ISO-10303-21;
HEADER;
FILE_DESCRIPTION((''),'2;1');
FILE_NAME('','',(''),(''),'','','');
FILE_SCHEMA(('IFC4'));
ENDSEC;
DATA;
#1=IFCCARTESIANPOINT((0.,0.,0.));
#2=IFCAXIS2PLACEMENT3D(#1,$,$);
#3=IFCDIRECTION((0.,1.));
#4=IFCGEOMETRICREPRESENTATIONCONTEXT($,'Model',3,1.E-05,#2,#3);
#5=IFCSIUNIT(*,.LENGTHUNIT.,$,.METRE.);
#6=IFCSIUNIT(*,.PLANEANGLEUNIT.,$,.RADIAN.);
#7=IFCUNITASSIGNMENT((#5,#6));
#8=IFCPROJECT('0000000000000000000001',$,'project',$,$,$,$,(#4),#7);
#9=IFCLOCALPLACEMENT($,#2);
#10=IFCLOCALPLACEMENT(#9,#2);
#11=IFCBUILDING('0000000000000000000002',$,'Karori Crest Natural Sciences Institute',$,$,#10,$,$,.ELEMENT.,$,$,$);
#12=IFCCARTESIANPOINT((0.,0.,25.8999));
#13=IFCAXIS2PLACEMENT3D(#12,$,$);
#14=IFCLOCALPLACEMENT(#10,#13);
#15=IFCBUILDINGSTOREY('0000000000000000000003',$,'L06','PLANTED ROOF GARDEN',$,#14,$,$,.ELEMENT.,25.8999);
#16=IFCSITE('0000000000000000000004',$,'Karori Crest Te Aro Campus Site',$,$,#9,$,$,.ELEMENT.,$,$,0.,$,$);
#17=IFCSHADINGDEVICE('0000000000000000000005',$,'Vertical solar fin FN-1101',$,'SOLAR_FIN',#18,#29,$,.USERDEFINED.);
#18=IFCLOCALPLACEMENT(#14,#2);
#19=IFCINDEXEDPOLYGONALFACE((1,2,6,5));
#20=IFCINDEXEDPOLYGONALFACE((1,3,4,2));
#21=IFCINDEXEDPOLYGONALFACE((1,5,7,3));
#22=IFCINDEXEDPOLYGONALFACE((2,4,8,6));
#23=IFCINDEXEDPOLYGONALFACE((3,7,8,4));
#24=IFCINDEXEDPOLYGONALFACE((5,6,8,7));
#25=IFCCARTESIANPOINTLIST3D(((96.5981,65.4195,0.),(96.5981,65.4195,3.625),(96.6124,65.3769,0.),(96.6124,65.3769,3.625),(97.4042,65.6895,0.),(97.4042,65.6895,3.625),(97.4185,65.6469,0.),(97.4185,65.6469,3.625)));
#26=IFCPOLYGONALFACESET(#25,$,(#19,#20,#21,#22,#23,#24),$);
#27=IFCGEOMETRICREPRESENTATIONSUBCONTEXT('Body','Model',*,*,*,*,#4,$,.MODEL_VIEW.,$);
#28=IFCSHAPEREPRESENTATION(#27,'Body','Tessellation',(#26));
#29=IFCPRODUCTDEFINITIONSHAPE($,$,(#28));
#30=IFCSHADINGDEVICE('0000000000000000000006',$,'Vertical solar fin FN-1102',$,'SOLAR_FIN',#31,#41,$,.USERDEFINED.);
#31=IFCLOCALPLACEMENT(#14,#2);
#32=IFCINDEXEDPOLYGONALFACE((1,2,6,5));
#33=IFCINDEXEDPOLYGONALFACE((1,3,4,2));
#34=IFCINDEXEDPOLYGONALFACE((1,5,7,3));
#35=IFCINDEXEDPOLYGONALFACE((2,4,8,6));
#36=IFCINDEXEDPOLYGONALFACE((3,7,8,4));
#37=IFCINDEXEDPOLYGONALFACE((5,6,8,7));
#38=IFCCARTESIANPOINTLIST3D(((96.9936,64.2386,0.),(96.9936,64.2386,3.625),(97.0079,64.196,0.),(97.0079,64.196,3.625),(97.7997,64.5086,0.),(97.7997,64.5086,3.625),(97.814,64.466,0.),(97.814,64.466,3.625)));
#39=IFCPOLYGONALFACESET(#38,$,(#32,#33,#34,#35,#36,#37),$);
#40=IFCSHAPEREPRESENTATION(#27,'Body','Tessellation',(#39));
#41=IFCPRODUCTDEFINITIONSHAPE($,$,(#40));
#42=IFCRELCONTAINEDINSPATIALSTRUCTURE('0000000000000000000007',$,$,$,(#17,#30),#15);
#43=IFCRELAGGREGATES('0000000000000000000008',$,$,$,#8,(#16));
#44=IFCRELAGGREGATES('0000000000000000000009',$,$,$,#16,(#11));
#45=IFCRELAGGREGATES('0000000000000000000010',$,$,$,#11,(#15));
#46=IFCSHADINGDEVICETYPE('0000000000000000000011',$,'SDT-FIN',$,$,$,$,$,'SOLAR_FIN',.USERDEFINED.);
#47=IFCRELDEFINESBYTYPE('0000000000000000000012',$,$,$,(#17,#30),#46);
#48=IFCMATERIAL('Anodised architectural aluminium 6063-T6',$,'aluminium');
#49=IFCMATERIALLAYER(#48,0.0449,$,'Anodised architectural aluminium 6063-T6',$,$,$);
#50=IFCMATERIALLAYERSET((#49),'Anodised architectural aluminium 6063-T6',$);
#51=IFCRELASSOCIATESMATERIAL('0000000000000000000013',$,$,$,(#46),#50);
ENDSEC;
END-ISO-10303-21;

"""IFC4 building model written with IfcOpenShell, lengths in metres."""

from ifc_helpers import new_model, si_unit, direction, frame, origin, origin_2d, place, context, subcontext, project, spatial, rectangle, extrude, material, layer, layer_set, type_object, element, save


model = new_model("IFC4")

# Units and contexts
model_context = context("Model", 3, precision=1e-05, world=origin(), true_north=direction((0.0, 1.0)))
body_context = subcontext(model_context, "Body", "Model", "MODEL_VIEW")
ifc_project = project(units=[si_unit("LENGTHUNIT", "METRE"), si_unit("PLANEANGLEUNIT", "RADIAN")], contexts=[model_context])

# Site, building, storey
site_placement = place(None, origin())
site = spatial("IfcSite", under=ifc_project, at=site_placement, Name="Karori Crest Te Aro Campus Site", CompositionType="ELEMENT", RefElevation=0.0)
building_placement = place(site_placement, origin())
building = spatial("IfcBuilding", under=site, at=building_placement, Name="Karori Crest Natural Sciences Institute", CompositionType="ELEMENT")
storey_placement = place(building_placement, frame((0.0, 0.0, 25.8999)))
storey = spatial("IfcBuildingStorey", under=building, at=storey_placement, Name="L06", Description="PLANTED ROOF GARDEN", CompositionType="ELEMENT", Elevation=25.8999)

# Shared definitions
ifc_material_1 = material(Name="Anodised architectural aluminium 6063-T6", Category="aluminium")

# Shading devices
ifc_layer_1 = layer(ifc_material_1, 0.0449, Name="Anodised architectural aluminium 6063-T6")
ifc_layer_set_1 = layer_set([ifc_layer_1], Name="Anodised architectural aluminium 6063-T6")
shading_device_type = type_object("IfcShadingDeviceType", Name="SDT-FIN", ElementType="SOLAR_FIN", PredefinedType="USERDEFINED", material=ifc_layer_set_1)
for number, where, z_axis, x_axis, name in (
    (1, (97.0083, 65.5332, 0.0), (0.0, 0.0, 1.0), (0.948198, 0.31768, 0.0), "Vertical solar fin FN-1101"),
    (2, (97.4038, 64.3523, 0.0), (0.0, 0.0, 1.0), (0.948198, 0.31768, 0.0), "Vertical solar fin FN-1102"),
):
    element("IfcShadingDevice", number, at=place(storey_placement, frame(where, z_axis=z_axis, x_axis=x_axis)), inside=storey, type_object=shading_device_type, Name=name, ObjectType="SOLAR_FIN", PredefinedType="USERDEFINED", context=body_context, shape_type="SweptSolid", body=[
        extrude(rectangle(XDim=0.8501, YDim=0.0449, at=origin_2d()), origin(), (0.0, 0.0, 1.0), 3.625),
    ])

save(model, "model.ifc")
